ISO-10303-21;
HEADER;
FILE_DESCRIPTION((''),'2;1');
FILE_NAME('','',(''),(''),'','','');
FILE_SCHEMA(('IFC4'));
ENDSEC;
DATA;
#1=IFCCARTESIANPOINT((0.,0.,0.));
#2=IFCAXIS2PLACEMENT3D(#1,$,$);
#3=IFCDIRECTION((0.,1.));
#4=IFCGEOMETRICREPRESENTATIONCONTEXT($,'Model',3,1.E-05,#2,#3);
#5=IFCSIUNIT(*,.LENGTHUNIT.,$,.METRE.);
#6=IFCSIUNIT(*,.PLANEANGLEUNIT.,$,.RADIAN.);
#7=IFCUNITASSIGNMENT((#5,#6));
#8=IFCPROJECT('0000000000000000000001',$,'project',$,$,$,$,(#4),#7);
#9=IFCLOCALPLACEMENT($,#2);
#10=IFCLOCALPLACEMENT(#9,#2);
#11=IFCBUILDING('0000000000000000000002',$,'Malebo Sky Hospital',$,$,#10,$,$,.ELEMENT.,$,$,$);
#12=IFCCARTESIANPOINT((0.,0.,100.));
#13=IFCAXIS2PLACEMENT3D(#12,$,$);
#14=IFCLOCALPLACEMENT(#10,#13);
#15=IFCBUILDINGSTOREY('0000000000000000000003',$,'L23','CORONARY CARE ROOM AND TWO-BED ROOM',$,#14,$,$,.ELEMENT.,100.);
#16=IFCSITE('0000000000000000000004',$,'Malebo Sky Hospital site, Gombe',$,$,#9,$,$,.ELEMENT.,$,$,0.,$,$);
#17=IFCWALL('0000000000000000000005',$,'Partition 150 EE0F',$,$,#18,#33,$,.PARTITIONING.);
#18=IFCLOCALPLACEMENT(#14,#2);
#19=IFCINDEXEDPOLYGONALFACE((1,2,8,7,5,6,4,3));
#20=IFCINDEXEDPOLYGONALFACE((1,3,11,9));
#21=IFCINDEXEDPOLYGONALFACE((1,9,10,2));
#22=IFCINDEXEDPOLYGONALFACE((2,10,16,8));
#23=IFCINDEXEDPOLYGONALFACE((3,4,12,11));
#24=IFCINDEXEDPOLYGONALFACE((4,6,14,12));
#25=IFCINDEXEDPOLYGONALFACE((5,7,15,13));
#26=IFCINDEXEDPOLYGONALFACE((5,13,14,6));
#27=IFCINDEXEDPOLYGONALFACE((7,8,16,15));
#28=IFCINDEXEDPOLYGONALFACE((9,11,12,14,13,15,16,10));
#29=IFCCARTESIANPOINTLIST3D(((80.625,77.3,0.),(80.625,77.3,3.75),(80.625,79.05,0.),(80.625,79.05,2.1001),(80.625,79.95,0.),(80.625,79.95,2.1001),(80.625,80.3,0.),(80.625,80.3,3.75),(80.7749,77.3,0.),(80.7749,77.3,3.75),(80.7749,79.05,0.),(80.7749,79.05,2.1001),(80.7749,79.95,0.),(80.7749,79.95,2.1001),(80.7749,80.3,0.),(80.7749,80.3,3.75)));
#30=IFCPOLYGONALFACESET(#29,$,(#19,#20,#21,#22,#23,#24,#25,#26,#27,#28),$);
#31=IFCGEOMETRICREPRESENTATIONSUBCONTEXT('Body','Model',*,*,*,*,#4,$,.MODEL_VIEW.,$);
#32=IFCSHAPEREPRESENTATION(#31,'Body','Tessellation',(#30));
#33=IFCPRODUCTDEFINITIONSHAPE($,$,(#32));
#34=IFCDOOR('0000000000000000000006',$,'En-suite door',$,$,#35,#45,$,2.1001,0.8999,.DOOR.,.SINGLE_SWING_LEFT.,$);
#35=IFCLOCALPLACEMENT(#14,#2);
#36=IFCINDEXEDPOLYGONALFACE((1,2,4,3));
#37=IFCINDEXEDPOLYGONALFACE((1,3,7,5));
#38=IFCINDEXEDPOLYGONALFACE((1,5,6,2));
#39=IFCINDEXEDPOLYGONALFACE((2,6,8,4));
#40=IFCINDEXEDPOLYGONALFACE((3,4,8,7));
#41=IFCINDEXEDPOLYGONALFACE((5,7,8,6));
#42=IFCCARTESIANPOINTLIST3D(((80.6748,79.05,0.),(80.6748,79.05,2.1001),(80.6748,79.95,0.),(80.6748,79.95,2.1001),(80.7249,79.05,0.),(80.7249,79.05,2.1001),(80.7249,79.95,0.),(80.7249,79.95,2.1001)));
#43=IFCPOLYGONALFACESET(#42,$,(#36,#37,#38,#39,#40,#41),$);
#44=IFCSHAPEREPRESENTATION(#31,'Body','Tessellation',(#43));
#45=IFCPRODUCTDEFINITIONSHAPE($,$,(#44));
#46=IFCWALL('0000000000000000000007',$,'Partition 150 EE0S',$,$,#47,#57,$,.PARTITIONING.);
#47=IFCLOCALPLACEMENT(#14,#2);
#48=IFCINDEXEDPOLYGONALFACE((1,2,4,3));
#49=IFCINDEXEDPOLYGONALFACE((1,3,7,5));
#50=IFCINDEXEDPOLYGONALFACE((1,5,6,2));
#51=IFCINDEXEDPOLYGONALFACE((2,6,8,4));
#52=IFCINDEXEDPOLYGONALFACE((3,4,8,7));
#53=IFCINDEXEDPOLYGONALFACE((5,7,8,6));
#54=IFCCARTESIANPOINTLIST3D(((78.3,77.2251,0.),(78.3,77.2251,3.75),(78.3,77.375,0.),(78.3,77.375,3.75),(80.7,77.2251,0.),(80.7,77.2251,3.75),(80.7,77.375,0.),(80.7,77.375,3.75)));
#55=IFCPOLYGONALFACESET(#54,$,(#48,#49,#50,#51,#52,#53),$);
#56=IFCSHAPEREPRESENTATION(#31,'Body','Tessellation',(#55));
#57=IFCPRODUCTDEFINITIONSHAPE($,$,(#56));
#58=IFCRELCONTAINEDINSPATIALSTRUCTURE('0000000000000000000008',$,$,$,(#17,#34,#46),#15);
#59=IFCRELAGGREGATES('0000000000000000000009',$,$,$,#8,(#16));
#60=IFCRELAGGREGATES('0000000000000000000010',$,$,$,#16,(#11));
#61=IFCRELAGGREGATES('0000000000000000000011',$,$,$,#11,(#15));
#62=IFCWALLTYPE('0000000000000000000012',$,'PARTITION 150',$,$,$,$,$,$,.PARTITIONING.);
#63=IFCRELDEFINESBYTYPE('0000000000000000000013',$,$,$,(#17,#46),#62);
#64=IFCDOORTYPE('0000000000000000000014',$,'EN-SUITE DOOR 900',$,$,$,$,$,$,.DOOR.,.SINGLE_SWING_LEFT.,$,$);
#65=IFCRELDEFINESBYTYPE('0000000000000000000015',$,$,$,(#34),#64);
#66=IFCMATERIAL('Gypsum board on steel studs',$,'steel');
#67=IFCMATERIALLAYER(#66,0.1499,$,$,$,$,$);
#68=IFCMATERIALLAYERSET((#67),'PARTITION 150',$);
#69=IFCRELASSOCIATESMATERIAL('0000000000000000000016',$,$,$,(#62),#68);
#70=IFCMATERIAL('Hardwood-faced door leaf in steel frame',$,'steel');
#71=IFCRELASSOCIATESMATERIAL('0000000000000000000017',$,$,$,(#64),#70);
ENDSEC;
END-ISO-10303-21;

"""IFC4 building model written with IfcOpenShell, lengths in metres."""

from ifc_helpers import new_model, si_unit, direction, frame, frame_2d, origin, place, context, subcontext, project, spatial, rectangle, extrude, material, layer, layer_set, type_object, element, fill, save


model = new_model("IFC4")

# Units and contexts
model_context = context("Model", 3, precision=1e-05, world=origin(), true_north=direction((0.0, 1.0)))
body_context = subcontext(model_context, "Body", "Model", "MODEL_VIEW")
ifc_project = project(units=[si_unit("LENGTHUNIT", "METRE"), si_unit("PLANEANGLEUNIT", "RADIAN")], contexts=[model_context])

# Site, building, storey
site_placement = place(None, origin())
site = spatial("IfcSite", under=ifc_project, at=site_placement, Name="Malebo Sky Hospital site, Gombe", CompositionType="ELEMENT", RefElevation=0.0)
building_placement = place(site_placement, origin())
building = spatial("IfcBuilding", under=site, at=building_placement, Name="Malebo Sky Hospital", CompositionType="ELEMENT")
storey_placement = place(building_placement, frame((0.0, 0.0, 100.0)))
storey = spatial("IfcBuildingStorey", under=building, at=storey_placement, Name="L23", Description="CORONARY CARE ROOM AND TWO-BED ROOM", CompositionType="ELEMENT", Elevation=100.0)

# Shared definitions
ifc_material_1 = material(Name="Gypsum board on steel studs", Category="steel")
ifc_material_2 = material(Name="Hardwood-faced door leaf in steel frame", Category="steel")

# Shared definitions
ifc_layer_1 = layer(ifc_material_1, 0.1499)
ifc_layer_set_1 = layer_set([ifc_layer_1], Name="PARTITION 150")
wall_type_1 = type_object("IfcWallType", Name="PARTITION 150", PredefinedType="PARTITIONING", material=ifc_layer_set_1)

# Wall, opening, door
wall_1_placement = place(storey_placement, frame((80.7, 80.3, 0.0), z_axis=(0.0, 0.0, 1.0), x_axis=(0.0, -1.0, 0.0)))
wall_1 = element("IfcWall", 1, at=wall_1_placement, inside=storey, type_object=wall_type_1, Name="Partition 150 EE0F", PredefinedType="PARTITIONING", context=body_context, shape_type="SweptSolid", body=[
    extrude(rectangle(XDim=3.0, YDim=0.1499, at=frame_2d((1.5, 0.0))), origin(), (0.0, 0.0, 1.0), 3.75),
])
opening_1_placement = place(wall_1_placement, frame((0.3501, 0.0, 0.0)))
opening_1 = element("IfcOpeningElement", 2, at=opening_1_placement, cuts=wall_1, PredefinedType="OPENING", context=body_context, shape_type="SweptSolid", body=[
    extrude(rectangle(XDim=0.8999, YDim=2.1001, at=frame_2d((0.45, 1.05))), frame((0.0, 0.085, 0.0), z_axis=(0.0, -1.0, 0.0), x_axis=(1.0, 0.0, 0.0)), (0.0, 0.0, 1.0), 0.1699),
])
door_type_1 = type_object("IfcDoorType", Name="EN-SUITE DOOR 900", OperationType="SINGLE_SWING_LEFT", PredefinedType="DOOR", material=ifc_material_2)
door_1_placement = place(opening_1_placement, origin())
door_1 = element("IfcDoor", 3, at=door_1_placement, inside=storey, type_object=door_type_1, Name="En-suite door", OperationType="SINGLE_SWING_LEFT", OverallHeight=2.1001, OverallWidth=0.8999, PredefinedType="DOOR", context=body_context, shape_type="SweptSolid", body=[
    extrude(rectangle(XDim=0.8999, YDim=2.1001, at=frame_2d((0.45, 1.05))), frame((0.0, 0.0249, 0.0), z_axis=(0.0, -1.0, 0.0), x_axis=(1.0, 0.0, 0.0)), (0.0, 0.0, 1.0), 0.05),
])
fill(opening_1, door_1)

# Wall
wall_2_placement = place(storey_placement, frame((78.3, 77.3, 0.0), z_axis=(0.0, 0.0, 1.0), x_axis=(1.0, 0.0, 0.0)))
element("IfcWall", 4, at=wall_2_placement, inside=storey, type_object=wall_type_1, Name="Partition 150 EE0S", PredefinedType="PARTITIONING", context=body_context, shape_type="SweptSolid", body=[
    extrude(rectangle(XDim=2.3999, YDim=0.1499, at=frame_2d((1.2, 0.0))), origin(), (0.0, 0.0, 1.0), 3.75),
])

save(model, "model.ifc")
